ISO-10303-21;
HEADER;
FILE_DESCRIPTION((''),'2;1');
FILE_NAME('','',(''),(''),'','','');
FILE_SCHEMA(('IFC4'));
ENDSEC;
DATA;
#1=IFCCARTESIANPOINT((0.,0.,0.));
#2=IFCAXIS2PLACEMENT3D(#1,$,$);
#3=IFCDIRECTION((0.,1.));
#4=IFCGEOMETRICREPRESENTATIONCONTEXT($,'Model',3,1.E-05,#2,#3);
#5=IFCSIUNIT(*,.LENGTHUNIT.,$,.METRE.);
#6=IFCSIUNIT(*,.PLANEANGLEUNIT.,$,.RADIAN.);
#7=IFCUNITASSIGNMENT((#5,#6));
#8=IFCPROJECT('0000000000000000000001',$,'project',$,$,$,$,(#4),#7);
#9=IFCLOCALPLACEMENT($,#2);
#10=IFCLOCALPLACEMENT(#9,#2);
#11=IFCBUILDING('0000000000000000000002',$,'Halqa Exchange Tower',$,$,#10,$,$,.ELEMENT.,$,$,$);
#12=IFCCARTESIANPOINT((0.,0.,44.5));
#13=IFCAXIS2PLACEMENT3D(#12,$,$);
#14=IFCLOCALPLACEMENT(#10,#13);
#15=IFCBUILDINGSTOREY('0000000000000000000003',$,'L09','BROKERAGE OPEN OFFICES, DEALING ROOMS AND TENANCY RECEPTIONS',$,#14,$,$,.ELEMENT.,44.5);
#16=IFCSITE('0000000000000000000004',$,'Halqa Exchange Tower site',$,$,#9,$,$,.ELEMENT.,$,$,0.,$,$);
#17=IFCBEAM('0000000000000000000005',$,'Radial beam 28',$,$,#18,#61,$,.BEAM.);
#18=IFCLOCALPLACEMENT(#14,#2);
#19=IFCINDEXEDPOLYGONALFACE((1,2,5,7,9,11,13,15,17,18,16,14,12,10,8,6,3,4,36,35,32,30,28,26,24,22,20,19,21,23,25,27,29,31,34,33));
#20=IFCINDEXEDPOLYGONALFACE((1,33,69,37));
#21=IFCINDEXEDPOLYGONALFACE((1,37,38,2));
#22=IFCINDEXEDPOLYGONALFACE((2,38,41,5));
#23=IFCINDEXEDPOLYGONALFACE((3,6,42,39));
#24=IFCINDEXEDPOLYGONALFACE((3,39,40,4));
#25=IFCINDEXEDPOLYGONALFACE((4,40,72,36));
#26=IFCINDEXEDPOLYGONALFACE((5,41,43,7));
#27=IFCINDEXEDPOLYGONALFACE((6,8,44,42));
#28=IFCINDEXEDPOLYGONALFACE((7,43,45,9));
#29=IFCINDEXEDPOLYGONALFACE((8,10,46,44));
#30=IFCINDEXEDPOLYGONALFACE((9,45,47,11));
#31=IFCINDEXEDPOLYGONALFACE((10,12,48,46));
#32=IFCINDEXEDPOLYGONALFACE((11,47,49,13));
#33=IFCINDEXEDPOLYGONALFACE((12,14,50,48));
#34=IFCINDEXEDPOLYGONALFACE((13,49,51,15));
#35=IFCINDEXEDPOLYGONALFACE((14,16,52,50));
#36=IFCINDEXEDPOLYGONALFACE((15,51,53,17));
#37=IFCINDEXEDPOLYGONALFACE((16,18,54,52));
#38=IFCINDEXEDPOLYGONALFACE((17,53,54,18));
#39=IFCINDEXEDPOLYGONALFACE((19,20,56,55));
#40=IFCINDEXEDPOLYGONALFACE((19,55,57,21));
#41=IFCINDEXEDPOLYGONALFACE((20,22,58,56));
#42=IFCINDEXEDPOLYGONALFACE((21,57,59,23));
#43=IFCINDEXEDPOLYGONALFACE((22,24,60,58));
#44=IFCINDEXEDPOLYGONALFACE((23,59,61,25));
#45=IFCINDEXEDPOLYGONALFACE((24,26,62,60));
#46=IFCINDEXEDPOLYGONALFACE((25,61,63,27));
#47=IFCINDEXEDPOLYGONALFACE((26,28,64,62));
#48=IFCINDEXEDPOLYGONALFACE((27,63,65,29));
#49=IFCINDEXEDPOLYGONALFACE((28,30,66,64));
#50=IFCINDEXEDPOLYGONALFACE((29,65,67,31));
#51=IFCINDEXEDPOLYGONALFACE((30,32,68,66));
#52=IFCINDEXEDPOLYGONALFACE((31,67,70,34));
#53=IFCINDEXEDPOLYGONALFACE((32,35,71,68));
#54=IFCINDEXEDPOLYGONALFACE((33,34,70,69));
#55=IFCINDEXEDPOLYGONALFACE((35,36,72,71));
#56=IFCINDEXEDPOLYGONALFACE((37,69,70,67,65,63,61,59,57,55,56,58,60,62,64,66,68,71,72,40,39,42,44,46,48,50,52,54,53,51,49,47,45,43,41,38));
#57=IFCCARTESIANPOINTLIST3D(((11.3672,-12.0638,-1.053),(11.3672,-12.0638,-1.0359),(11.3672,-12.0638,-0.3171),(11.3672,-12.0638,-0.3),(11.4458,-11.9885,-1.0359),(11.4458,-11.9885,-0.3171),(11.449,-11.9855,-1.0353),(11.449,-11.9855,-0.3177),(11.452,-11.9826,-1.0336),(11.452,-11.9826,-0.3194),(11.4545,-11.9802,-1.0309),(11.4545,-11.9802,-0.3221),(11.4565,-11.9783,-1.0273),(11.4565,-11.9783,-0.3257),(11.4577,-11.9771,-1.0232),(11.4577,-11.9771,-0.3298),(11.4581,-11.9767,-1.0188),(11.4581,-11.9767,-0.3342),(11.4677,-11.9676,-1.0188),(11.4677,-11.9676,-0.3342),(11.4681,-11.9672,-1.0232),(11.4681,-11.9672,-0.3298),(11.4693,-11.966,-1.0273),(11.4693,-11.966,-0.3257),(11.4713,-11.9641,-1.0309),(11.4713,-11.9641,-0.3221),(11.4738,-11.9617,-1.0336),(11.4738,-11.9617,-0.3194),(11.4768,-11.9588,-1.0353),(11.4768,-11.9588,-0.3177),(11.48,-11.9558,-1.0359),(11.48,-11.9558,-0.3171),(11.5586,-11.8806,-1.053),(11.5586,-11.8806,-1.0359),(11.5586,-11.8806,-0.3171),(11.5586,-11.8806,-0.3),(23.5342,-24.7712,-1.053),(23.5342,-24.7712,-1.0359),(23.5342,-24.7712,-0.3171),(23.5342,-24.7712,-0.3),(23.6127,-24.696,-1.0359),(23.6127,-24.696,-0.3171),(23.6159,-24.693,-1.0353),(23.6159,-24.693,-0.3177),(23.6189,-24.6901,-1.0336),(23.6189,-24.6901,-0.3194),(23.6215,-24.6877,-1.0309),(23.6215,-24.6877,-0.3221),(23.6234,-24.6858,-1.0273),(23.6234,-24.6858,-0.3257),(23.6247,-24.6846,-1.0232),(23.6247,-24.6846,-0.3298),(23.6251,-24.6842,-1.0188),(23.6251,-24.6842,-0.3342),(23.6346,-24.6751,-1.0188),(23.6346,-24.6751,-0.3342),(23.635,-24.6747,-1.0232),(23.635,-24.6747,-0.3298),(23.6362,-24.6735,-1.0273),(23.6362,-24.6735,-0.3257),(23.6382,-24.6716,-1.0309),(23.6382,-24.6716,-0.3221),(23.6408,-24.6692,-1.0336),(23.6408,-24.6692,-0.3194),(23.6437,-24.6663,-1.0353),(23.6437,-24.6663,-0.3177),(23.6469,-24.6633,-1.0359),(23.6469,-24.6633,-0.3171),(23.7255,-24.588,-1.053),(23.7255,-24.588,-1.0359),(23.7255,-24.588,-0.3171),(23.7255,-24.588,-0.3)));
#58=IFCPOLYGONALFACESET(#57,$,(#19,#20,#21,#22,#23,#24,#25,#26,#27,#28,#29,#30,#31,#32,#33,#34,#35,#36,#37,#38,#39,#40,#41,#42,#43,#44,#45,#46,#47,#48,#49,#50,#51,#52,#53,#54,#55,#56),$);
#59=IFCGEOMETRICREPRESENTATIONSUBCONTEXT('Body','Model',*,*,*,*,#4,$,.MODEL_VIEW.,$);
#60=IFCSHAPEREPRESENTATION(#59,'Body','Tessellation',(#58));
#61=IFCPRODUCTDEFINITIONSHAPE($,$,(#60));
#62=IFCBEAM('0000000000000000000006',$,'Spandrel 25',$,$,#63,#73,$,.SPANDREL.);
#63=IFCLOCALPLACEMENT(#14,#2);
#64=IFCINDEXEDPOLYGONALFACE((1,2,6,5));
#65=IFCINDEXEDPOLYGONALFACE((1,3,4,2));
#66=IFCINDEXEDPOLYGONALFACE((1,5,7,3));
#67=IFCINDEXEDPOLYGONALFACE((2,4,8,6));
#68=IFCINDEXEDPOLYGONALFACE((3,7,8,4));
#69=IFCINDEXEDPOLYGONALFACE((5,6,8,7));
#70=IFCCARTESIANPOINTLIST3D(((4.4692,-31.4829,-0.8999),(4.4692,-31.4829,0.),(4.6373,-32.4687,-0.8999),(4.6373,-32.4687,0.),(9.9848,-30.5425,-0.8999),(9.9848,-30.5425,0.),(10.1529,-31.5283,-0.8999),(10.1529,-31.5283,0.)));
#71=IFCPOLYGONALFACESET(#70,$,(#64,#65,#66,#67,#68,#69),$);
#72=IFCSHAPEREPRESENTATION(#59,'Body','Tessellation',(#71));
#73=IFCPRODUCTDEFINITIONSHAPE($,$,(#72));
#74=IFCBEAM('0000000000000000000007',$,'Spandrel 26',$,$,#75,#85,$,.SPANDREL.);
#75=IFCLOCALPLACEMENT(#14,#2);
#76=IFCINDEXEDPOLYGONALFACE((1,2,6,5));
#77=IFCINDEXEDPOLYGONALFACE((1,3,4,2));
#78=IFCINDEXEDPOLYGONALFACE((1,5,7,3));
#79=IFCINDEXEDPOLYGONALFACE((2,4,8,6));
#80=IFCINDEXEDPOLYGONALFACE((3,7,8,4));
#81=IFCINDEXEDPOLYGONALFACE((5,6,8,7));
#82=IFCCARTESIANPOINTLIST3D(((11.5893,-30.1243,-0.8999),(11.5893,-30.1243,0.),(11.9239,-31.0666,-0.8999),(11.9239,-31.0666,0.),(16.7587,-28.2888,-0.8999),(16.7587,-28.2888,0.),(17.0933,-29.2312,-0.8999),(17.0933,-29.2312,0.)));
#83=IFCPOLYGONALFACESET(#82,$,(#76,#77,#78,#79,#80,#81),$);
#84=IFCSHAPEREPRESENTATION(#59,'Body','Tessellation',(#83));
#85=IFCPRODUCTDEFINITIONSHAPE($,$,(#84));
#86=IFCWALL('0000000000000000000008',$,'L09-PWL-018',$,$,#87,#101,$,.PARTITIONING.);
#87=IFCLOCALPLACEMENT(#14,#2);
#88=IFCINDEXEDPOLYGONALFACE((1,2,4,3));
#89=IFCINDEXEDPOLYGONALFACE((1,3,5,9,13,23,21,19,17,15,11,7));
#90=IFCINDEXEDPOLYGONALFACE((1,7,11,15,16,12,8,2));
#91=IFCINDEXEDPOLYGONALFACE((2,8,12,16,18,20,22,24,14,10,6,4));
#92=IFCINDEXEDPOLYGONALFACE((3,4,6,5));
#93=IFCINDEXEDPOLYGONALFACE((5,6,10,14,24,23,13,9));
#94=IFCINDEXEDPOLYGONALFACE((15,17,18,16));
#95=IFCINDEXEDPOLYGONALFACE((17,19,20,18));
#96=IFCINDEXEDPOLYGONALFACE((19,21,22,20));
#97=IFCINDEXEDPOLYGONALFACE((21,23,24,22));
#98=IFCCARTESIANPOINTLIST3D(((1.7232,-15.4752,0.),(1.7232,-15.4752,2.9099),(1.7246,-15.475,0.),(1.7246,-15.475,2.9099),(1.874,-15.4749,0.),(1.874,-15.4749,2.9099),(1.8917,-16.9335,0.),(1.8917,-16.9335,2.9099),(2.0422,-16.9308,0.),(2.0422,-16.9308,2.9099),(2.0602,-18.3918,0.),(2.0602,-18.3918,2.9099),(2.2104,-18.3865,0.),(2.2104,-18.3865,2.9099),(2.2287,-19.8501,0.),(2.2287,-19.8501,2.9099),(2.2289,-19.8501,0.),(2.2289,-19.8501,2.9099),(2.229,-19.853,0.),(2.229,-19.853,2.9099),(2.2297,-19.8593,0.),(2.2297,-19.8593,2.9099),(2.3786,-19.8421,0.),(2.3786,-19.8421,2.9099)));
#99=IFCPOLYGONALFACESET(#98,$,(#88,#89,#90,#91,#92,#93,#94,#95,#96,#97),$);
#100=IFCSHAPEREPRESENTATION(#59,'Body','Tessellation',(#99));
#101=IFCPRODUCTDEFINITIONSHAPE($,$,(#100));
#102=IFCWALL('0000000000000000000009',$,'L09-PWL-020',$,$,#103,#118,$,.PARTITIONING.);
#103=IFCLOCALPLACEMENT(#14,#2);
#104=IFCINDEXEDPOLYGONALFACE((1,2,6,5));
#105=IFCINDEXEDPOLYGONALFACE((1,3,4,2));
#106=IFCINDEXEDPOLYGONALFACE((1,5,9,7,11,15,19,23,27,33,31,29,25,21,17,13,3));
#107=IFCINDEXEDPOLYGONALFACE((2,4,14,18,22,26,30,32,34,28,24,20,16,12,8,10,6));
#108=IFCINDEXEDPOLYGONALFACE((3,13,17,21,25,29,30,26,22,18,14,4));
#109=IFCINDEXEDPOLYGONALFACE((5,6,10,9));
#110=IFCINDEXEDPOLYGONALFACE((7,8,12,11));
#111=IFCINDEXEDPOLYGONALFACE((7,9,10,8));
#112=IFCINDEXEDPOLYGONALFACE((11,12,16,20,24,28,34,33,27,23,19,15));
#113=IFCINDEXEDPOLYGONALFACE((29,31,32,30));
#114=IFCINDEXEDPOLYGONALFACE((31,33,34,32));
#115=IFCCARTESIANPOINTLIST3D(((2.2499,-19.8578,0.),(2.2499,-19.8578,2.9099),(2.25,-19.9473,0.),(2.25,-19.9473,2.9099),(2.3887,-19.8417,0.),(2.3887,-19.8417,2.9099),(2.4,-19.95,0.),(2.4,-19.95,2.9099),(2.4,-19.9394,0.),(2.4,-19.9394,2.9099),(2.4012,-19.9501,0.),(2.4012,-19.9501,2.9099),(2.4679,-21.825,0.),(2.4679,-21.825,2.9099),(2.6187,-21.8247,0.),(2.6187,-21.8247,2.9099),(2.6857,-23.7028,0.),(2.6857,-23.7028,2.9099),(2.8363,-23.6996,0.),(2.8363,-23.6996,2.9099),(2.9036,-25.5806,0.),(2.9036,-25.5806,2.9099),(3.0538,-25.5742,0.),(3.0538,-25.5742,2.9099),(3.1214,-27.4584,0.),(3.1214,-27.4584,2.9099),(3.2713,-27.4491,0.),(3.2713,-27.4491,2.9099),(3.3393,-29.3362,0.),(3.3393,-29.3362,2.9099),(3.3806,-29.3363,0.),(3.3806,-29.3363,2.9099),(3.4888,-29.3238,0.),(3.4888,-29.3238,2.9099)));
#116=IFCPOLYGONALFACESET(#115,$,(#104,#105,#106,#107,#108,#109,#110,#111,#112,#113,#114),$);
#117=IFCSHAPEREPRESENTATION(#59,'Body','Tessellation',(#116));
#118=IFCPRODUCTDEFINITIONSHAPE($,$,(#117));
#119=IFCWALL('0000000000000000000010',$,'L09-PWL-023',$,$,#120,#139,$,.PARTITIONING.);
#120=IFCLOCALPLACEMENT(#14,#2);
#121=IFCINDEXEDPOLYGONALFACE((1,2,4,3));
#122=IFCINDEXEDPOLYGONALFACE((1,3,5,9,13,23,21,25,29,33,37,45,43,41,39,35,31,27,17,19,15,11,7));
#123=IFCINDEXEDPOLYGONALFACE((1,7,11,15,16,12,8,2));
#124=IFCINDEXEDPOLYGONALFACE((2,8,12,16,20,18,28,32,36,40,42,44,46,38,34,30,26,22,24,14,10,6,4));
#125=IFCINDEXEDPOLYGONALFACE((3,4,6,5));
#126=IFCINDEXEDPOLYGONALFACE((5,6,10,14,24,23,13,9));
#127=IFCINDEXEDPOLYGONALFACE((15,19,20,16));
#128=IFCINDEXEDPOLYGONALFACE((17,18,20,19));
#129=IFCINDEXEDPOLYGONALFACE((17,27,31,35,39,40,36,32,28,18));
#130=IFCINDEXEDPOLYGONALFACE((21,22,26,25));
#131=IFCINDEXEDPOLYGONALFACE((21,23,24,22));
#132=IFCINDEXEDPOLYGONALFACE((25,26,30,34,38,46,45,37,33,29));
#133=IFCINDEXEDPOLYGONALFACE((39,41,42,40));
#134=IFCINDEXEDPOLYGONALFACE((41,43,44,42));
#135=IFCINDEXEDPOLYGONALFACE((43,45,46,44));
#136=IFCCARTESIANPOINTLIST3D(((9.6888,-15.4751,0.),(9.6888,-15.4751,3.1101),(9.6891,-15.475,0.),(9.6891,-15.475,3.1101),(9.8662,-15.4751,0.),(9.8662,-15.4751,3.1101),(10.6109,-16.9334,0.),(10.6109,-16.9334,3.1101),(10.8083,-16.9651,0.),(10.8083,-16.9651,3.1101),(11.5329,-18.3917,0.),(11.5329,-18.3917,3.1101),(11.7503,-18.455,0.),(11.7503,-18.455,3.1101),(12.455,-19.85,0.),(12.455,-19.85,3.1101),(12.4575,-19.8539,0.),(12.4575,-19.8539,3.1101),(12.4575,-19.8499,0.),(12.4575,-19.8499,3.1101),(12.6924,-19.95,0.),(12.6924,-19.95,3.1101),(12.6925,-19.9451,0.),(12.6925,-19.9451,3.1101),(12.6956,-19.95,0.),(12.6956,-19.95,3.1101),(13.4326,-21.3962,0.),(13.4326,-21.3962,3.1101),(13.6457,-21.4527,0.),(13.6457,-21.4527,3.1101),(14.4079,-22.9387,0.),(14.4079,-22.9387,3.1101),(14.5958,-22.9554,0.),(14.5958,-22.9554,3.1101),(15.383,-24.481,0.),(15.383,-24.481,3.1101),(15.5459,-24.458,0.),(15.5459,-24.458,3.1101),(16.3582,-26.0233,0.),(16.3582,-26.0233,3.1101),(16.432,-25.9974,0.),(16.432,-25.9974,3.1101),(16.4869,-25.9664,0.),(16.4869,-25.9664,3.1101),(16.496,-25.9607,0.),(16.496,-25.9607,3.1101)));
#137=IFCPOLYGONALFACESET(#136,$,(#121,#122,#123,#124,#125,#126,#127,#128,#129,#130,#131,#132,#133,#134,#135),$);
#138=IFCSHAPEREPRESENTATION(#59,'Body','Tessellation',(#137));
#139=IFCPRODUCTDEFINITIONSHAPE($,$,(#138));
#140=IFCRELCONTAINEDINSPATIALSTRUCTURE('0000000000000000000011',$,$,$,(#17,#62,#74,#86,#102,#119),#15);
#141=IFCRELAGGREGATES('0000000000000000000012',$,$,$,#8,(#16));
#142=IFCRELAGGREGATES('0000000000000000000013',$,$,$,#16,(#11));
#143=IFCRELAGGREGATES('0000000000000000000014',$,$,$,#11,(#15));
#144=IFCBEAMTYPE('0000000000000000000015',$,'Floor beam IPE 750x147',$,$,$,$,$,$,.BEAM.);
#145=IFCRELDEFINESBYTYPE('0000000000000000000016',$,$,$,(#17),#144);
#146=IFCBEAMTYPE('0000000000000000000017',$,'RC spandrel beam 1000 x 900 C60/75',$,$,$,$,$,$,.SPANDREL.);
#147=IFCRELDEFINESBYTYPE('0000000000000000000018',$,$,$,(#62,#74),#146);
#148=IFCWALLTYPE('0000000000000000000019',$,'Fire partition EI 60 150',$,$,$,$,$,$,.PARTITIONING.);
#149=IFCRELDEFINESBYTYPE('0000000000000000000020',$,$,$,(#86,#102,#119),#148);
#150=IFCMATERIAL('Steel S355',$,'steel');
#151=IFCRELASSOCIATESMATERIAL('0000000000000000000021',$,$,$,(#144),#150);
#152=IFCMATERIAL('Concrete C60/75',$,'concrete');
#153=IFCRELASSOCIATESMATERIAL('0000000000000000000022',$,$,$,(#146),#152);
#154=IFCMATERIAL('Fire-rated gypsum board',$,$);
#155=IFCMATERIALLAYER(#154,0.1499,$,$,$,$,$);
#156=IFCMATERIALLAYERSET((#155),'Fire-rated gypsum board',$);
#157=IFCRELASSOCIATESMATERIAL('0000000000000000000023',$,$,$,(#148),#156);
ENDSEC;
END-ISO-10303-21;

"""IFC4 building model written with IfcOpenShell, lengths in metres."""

from ifc_helpers import new_model, si_unit, direction, frame, origin, origin_2d, place, context, subcontext, project, spatial, polyline, rectangle, i_section, outline, extrude, material, layer, layer_set, material_profile, profile_set, type_object, element, save


model = new_model("IFC4")

# Units and contexts
model_context = context("Model", 3, precision=1e-05, world=origin(), true_north=direction((0.0, 1.0)))
body_context = subcontext(model_context, "Body", "Model", "MODEL_VIEW")
ifc_project = project(units=[si_unit("LENGTHUNIT", "METRE"), si_unit("PLANEANGLEUNIT", "RADIAN")], contexts=[model_context])

# Site, building, storey
site_placement = place(None, origin())
site = spatial("IfcSite", under=ifc_project, at=site_placement, Name="Halqa Exchange Tower site", CompositionType="ELEMENT", RefElevation=0.0)
building_placement = place(site_placement, origin())
building = spatial("IfcBuilding", under=site, at=building_placement, Name="Halqa Exchange Tower", CompositionType="ELEMENT")
storey_placement = place(building_placement, frame((0.0, 0.0, 44.5)))
storey = spatial("IfcBuildingStorey", under=building, at=storey_placement, Name="L09", Description="BROKERAGE OPEN OFFICES, DEALING ROOMS AND TENANCY RECEPTIONS", CompositionType="ELEMENT", Elevation=44.5)

# Beams
ifc_material_1 = material(Name="Steel S355", Category="steel")
ifc_material_profile_1 = material_profile(ifc_material_1, i_section(OverallWidth=0.2649, OverallDepth=0.7529, WebThickness=0.0132, FlangeThickness=0.0171, FilletRadius=0.0171, at=origin_2d()), Name="IPE 750x147")
ifc_profile_set_1 = profile_set([ifc_material_profile_1], Name="Steel S355")
beam_type_1 = type_object("IfcBeamType", Name="Floor beam IPE 750x147", PredefinedType="BEAM", material=ifc_profile_set_1)
beam_1_placement = place(storey_placement, frame((11.4629, -11.9722, -0.6765), z_axis=(0.691578, -0.722302, 0.0), x_axis=(0.722302, 0.691578, 0.0)))
element("IfcBeam", 1, at=beam_1_placement, inside=storey, type_object=beam_type_1, Name="Radial beam 28", PredefinedType="BEAM", context=body_context, shape_type="SweptSolid", body=[
    extrude(i_section(OverallWidth=0.2649, OverallDepth=0.7529, WebThickness=0.0132, FlangeThickness=0.0171, FilletRadius=0.0171, at=origin_2d()), origin(), (0.0, 0.0, 1.0), 17.593),
])
ifc_material_2 = material(Name="Concrete C60/75", Category="concrete")
ifc_material_profile_2 = material_profile(ifc_material_2, rectangle(XDim=1.0, YDim=0.8999, at=origin_2d()), Name="1000 x 900")
ifc_profile_set_2 = profile_set([ifc_material_profile_2], Name="Concrete C60/75")
beam_type_2 = type_object("IfcBeamType", Name="RC spandrel beam 1000 x 900 C60/75", PredefinedType="SPANDREL", material=ifc_profile_set_2)
beam_2_placement = place(storey_placement, frame((4.5532, -31.9758, -0.45), z_axis=(0.985774, 0.168077, 0.0), x_axis=(-0.168077, 0.985774, 0.0)))
element("IfcBeam", 2, at=beam_2_placement, inside=storey, type_object=beam_type_2, Name="Spandrel 25", PredefinedType="SPANDREL", context=body_context, shape_type="SweptSolid", body=[
    extrude(rectangle(XDim=1.0, YDim=0.8999, at=origin_2d()), origin(), (0.0, 0.0, 1.0), 5.5952),
])
beam_3_placement = place(storey_placement, frame((11.7566, -30.5955, -0.45), z_axis=(0.942363, 0.334593, 0.0), x_axis=(-0.334593, 0.942363, 0.0)))
element("IfcBeam", 3, at=beam_3_placement, inside=storey, type_object=beam_type_2, Name="Spandrel 26", PredefinedType="SPANDREL", context=body_context, shape_type="SweptSolid", body=[
    extrude(rectangle(XDim=1.0, YDim=0.8999, at=origin_2d()), origin(), (0.0, 0.0, 1.0), 5.4856),
])

# Walls
ifc_material_3 = material(Name="Fire-rated gypsum board")
ifc_layer_1 = layer(ifc_material_3, 0.1499)
ifc_layer_set_1 = layer_set([ifc_layer_1], Name="Fire-rated gypsum board")
wall_type_1 = type_object("IfcWallType", Name="Fire partition EI 60 150", PredefinedType="PARTITIONING", material=ifc_layer_set_1)
wall_1_placement = place(storey_placement, frame((1.7976, -15.4666, 0.0), z_axis=(0.0, 0.0, 1.0), x_axis=(0.114784, -0.993391, 0.0)))
element("IfcWall", 4, at=wall_1_placement, inside=storey, type_object=wall_type_1, Name="L09-PWL-018", PredefinedType="PARTITIONING", context=body_context, shape_type="SweptSolid", body=[
    extrude(outline(polyline([(0.0, -0.075), (1.468, -0.075), (2.936, -0.075), (4.4041, -0.075), (4.4041, -0.0747), (4.407, -0.075), (4.4133, -0.075), (4.4133, 0.075), (2.948, 0.075), (1.4827, 0.075), (0.0171, 0.075), (0.0, -0.0735), (0.0, -0.075)])), origin(), (0.0, 0.0, 1.0), 2.9099),
])
wall_2_placement = place(storey_placement, frame((2.3142, -19.8503, 0.0), z_axis=(0.0, 0.0, 1.0), x_axis=(0.115247, -0.993337, 0.0)))
element("IfcWall", 5, at=wall_2_placement, inside=storey, type_object=wall_type_1, Name="L09-PWL-020", PredefinedType="PARTITIONING", context=body_context, shape_type="SweptSolid", body=[
    extrude(outline(polyline([(0.0889, -0.075), (1.9792, -0.075), (3.8696, -0.075), (5.76, -0.075), (7.6504, -0.075), (9.5408, -0.075), (9.5457, -0.0339), (9.5457, 0.075), (7.6584, 0.075), (5.771, 0.075), (3.8838, 0.075), (1.9963, 0.075), (0.1091, 0.075), (0.1089, 0.0737), (0.0984, 0.075), (0.0, 0.075), (0.0, -0.0647), (0.0889, -0.075)])), origin(), (0.0, 0.0, 1.0), 2.9099),
])
wall_3_placement = place(storey_placement, frame((9.7522, -15.4351, 0.0), z_axis=(0.0, 0.0, 1.0), x_axis=(0.534414, -0.845223, 0.0)))
element("IfcWall", 6, at=wall_3_placement, inside=storey, type_object=wall_type_1, Name="L09-PWL-023", PredefinedType="PARTITIONING", context=body_context, shape_type="SweptSolid", body=[
    extrude(outline(polyline([(0.0, -0.075), (1.7253, -0.075), (3.4507, -0.075), (5.176, -0.075), (5.1772, -0.0728), (5.1807, -0.075), (7.0054, -0.075), (8.8303, -0.075), (10.655, -0.075), (12.4797, -0.075), (12.4973, 0.0012), (12.5005, 0.0642), (12.5005, 0.075), (10.7227, 0.075), (8.9448, 0.075), (7.167, 0.075), (5.3892, 0.075), (5.3875, 0.0723), (5.3833, 0.075), (3.6204, 0.075), (1.8577, 0.075), (0.0947, 0.075), (0.0, -0.0747), (0.0, -0.075)])), origin(), (0.0, 0.0, 1.0), 3.1101),
])

save(model, "model.ifc")
